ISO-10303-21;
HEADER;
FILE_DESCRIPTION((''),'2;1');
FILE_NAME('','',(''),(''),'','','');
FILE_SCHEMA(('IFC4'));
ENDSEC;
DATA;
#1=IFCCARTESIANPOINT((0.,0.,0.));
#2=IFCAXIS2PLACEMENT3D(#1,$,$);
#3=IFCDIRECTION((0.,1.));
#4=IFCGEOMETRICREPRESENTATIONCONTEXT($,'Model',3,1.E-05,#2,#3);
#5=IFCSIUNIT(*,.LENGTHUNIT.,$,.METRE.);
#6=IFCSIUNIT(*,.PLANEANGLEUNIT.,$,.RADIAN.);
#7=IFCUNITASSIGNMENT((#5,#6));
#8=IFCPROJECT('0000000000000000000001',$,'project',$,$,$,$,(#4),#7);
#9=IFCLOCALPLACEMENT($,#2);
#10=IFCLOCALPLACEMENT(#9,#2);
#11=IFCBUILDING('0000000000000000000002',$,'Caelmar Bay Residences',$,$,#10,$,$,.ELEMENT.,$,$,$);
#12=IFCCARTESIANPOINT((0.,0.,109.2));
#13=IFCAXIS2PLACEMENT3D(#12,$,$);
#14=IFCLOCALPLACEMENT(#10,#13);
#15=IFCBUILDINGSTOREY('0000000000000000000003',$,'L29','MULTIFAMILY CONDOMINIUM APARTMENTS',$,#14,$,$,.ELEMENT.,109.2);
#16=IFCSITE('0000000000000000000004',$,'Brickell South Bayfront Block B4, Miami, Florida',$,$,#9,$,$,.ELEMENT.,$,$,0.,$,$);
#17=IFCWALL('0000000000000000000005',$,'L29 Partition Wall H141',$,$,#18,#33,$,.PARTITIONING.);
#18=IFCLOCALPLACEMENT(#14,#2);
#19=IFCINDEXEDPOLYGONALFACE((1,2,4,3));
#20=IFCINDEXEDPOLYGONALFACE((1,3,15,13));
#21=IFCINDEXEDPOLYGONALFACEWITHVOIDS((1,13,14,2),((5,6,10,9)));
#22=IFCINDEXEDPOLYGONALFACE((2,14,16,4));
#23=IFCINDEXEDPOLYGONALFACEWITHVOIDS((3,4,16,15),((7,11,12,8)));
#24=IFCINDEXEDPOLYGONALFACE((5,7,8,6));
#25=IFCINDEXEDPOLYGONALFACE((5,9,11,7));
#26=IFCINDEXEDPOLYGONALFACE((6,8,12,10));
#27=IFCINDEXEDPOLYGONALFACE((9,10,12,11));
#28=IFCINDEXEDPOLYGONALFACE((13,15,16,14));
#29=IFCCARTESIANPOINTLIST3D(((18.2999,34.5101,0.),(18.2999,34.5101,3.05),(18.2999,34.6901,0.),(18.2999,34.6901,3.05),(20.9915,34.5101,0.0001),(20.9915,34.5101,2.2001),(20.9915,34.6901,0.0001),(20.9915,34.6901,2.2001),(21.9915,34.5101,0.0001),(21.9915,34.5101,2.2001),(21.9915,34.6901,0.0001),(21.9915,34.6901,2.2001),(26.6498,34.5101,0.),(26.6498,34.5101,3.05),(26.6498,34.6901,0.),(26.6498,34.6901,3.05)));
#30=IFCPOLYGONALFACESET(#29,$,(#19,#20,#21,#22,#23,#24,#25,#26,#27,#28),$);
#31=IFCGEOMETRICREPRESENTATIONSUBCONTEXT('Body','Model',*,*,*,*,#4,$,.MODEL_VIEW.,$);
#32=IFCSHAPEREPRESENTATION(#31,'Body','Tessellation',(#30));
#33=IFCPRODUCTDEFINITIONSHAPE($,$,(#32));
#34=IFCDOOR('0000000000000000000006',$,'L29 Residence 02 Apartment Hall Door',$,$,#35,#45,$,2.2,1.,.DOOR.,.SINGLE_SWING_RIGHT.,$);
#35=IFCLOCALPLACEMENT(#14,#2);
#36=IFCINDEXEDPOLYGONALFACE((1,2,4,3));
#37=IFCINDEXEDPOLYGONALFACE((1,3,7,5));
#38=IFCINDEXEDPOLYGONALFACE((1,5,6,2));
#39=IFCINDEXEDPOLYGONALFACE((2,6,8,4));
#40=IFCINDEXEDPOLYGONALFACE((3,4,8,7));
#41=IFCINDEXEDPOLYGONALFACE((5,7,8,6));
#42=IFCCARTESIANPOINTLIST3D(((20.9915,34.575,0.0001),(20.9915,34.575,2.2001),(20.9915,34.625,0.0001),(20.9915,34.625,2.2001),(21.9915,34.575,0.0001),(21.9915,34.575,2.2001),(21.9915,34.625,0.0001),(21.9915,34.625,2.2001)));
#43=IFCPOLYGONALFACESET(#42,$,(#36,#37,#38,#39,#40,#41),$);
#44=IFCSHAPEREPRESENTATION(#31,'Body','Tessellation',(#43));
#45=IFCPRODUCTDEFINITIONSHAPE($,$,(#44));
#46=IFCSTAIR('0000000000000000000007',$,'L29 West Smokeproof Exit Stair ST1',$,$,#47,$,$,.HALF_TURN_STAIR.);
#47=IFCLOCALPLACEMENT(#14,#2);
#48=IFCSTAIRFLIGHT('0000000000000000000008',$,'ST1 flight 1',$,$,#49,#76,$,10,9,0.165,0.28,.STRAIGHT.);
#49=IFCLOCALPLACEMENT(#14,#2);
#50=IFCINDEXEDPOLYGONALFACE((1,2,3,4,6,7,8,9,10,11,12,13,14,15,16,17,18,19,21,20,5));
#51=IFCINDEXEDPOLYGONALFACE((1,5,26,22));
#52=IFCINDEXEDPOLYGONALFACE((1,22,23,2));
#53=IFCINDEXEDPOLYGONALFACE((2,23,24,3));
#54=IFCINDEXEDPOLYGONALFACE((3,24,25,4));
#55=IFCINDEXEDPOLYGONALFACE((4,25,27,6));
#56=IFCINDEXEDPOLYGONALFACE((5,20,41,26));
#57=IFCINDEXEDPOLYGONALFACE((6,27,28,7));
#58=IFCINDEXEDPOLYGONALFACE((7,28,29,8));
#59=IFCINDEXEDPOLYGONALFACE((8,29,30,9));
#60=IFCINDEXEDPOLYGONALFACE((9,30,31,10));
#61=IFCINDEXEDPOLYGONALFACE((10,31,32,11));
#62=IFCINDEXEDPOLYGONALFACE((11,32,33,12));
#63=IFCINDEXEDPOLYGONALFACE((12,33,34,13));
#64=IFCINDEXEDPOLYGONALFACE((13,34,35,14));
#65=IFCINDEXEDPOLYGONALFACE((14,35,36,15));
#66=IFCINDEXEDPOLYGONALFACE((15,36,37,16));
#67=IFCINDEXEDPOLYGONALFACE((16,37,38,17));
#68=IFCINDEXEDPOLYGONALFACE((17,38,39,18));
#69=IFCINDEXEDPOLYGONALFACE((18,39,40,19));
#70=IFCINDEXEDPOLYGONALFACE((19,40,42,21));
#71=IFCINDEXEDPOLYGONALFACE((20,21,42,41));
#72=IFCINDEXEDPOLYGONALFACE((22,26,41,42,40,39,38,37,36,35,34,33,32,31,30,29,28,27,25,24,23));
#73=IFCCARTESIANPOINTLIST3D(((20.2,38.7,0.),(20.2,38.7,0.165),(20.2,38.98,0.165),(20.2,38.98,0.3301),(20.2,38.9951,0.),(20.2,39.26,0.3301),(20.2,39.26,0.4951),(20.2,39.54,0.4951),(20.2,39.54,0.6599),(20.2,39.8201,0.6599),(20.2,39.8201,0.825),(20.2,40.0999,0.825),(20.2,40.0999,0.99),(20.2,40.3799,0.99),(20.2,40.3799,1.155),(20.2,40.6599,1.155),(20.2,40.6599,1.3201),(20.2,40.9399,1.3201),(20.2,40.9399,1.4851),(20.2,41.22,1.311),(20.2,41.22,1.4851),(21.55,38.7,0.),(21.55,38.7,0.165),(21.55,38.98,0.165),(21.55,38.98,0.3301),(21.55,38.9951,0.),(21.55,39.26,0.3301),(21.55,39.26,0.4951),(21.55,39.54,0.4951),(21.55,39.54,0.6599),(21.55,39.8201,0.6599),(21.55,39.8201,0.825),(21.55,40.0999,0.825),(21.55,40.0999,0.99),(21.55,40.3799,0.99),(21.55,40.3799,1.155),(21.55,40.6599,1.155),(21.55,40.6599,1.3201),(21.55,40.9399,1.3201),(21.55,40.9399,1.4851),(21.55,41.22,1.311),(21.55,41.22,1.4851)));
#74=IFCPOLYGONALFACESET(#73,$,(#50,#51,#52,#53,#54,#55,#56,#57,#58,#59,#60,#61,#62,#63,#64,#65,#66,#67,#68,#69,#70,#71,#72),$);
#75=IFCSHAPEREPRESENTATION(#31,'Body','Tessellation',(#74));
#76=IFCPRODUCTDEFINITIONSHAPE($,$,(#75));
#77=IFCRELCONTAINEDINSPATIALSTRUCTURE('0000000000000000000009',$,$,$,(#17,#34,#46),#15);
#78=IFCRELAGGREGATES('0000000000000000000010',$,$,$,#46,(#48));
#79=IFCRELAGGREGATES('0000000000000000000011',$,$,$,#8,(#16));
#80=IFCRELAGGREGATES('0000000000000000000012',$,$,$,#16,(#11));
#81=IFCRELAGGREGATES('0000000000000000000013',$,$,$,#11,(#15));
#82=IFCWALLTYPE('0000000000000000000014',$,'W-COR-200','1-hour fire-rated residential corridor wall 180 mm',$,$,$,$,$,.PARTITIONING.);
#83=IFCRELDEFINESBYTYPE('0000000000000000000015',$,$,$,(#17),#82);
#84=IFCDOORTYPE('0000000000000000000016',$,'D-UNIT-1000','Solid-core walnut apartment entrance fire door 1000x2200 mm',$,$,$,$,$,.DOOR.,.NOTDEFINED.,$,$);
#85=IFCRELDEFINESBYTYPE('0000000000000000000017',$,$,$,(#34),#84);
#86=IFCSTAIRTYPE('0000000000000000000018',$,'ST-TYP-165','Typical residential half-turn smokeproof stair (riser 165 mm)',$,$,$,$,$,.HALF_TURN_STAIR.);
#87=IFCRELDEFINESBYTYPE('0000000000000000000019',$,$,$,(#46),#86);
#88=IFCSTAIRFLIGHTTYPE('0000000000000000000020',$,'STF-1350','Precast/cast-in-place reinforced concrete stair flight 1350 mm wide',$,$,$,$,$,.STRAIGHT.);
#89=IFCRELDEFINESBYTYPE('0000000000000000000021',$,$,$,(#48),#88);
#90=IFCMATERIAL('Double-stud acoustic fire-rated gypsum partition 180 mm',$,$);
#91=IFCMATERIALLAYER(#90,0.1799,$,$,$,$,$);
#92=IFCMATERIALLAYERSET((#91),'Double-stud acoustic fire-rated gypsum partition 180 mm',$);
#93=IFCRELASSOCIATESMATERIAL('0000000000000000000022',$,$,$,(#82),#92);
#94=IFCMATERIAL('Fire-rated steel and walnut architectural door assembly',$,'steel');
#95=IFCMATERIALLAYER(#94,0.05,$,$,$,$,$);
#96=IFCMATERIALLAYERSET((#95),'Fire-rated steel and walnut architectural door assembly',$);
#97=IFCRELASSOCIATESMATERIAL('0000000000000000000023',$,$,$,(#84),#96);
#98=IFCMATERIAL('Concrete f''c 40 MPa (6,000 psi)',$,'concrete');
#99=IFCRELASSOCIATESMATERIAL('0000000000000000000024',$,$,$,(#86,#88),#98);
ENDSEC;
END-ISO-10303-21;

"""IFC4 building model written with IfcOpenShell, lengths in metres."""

from ifc_helpers import new_model, si_unit, direction, frame, frame_2d, origin, place, context, subcontext, project, spatial, polyline, rectangle, outline, extrude, material, layer, layer_set, type_object, element, fill, aggregate, save


model = new_model("IFC4")

# Units and contexts
model_context = context("Model", 3, precision=1e-05, world=origin(), true_north=direction((0.0, 1.0)))
body_context = subcontext(model_context, "Body", "Model", "MODEL_VIEW")
ifc_project = project(units=[si_unit("LENGTHUNIT", "METRE"), si_unit("PLANEANGLEUNIT", "RADIAN")], contexts=[model_context])

# Site, building, storey
site_placement = place(None, origin())
site = spatial("IfcSite", under=ifc_project, at=site_placement, Name="Brickell South Bayfront Block B4, Miami, Florida", CompositionType="ELEMENT", RefElevation=0.0)
building_placement = place(site_placement, origin())
building = spatial("IfcBuilding", under=site, at=building_placement, Name="Caelmar Bay Residences", CompositionType="ELEMENT")
storey_placement = place(building_placement, frame((0.0, 0.0, 109.2)))
storey = spatial("IfcBuildingStorey", under=building, at=storey_placement, Name="L29", Description="MULTIFAMILY CONDOMINIUM APARTMENTS", CompositionType="ELEMENT", Elevation=109.2)

# Wall, opening, door
ifc_material_1 = material(Name="Fire-rated steel and walnut architectural door assembly", Category="steel")
ifc_material_2 = material(Name="Double-stud acoustic fire-rated gypsum partition 180 mm")
ifc_layer_1 = layer(ifc_material_2, 0.1799)
ifc_layer_set_1 = layer_set([ifc_layer_1], Name="Double-stud acoustic fire-rated gypsum partition 180 mm")
wall_type_1 = type_object("IfcWallType", Name="W-COR-200", Description="1-hour fire-rated residential corridor wall 180 mm", PredefinedType="PARTITIONING", material=ifc_layer_set_1)
wall_1_placement = place(storey_placement, frame((18.3, 34.6001, 0.0), z_axis=(0.0, 0.0, 1.0), x_axis=(1.0, 0.0, 0.0)))
wall_1 = element("IfcWall", 1, at=wall_1_placement, inside=storey, type_object=wall_type_1, Name="L29 Partition Wall H141", PredefinedType="PARTITIONING", context=body_context, shape_type="SweptSolid", body=[
    extrude(rectangle(XDim=8.3499, YDim=0.1799, at=frame_2d((4.1748, 0.0))), origin(), (0.0, 0.0, 1.0), 3.05),
])
opening_1_placement = place(wall_1_placement, frame((2.6914, 0.0, 0.0)))
opening_1 = element("IfcOpeningElement", 2, at=opening_1_placement, cuts=wall_1, PredefinedType="OPENING", context=body_context, shape_type="SweptSolid", body=[
    extrude(rectangle(XDim=1.0, YDim=2.2, at=frame_2d((0.5, 1.1001))), frame((0.0, 0.0999, 0.0), z_axis=(0.0, -1.0, 0.0), x_axis=(1.0, 0.0, 0.0)), (0.0, 0.0, 1.0), 0.2),
])
ifc_layer_2 = layer(ifc_material_1, 0.05)
ifc_layer_set_2 = layer_set([ifc_layer_2], Name="Fire-rated steel and walnut architectural door assembly")
door_type_1 = type_object("IfcDoorType", Name="D-UNIT-1000", Description="Solid-core walnut apartment entrance fire door 1000x2200 mm", OperationType="NOTDEFINED", PredefinedType="DOOR", material=ifc_layer_set_2)
door_1_placement = place(opening_1_placement, origin())
door_1 = element("IfcDoor", 3, at=door_1_placement, inside=storey, type_object=door_type_1, Name="L29 Residence 02 Apartment Hall Door", OperationType="SINGLE_SWING_RIGHT", OverallHeight=2.2, OverallWidth=1.0, PredefinedType="DOOR", context=body_context, shape_type="SweptSolid", body=[
    extrude(rectangle(XDim=1.0, YDim=2.2, at=frame_2d((0.5, 1.1001))), frame((0.0, 0.0249, 0.0), z_axis=(0.0, -1.0, 0.0), x_axis=(1.0, 0.0, 0.0)), (0.0, 0.0, 1.0), 0.05),
])
fill(opening_1, door_1)

# Stair, stair flight
ifc_material_3 = material(Name="Concrete f'c 40 MPa (6,000 psi)", Category="concrete")
stair_type = type_object("IfcStairType", Name="ST-TYP-165", Description="Typical residential half-turn smokeproof stair (riser 165 mm)", PredefinedType="HALF_TURN_STAIR", material=ifc_material_3)
stair_placement = place(storey_placement, origin())
stair = element("IfcStair", 4, at=stair_placement, inside=storey, type_object=stair_type, Name="L29 West Smokeproof Exit Stair ST1", PredefinedType="HALF_TURN_STAIR")
stair_flight_type = type_object("IfcStairFlightType", Name="STF-1350", Description="Precast/cast-in-place reinforced concrete stair flight 1350 mm wide", PredefinedType="STRAIGHT", material=ifc_material_3)
stair_flight_placement = place(storey_placement, frame((20.875, 38.7, 0.0), z_axis=(0.0, 0.0, 1.0), x_axis=(0.0, 1.0, 0.0)))
stair_flight = element("IfcStairFlight", 5, at=stair_flight_placement, type_object=stair_flight_type, Name="ST1 flight 1", NumberOfRisers=10, NumberOfTreads=9, PredefinedType="STRAIGHT", RiserHeight=0.165, TreadLength=0.28, context=body_context, shape_type="SweptSolid", body=[
    extrude(outline(polyline([(0.0, 0.0), (0.0, 0.165), (0.28, 0.165), (0.28, 0.3301), (0.5601, 0.3301), (0.5601, 0.4951), (0.8401, 0.4951), (0.8401, 0.6599), (1.1201, 0.6599), (1.1201, 0.825), (1.3999, 0.825), (1.3999, 0.99), (1.6799, 0.99), (1.6799, 1.155), (1.96, 1.155), (1.96, 1.3201), (2.24, 1.3201), (2.24, 1.4851), (2.52, 1.4851), (2.52, 1.6499), (2.52, 1.311), (0.2952, 0.0), (0.0, 0.0)])), frame((0.0, 0.675, 0.0), z_axis=(0.0, -1.0, 0.0), x_axis=(1.0, 0.0, 0.0)), (0.0, 0.0, 1.0), 1.3501),
])
aggregate(stair, [stair_flight])

save(model, "model.ifc")
